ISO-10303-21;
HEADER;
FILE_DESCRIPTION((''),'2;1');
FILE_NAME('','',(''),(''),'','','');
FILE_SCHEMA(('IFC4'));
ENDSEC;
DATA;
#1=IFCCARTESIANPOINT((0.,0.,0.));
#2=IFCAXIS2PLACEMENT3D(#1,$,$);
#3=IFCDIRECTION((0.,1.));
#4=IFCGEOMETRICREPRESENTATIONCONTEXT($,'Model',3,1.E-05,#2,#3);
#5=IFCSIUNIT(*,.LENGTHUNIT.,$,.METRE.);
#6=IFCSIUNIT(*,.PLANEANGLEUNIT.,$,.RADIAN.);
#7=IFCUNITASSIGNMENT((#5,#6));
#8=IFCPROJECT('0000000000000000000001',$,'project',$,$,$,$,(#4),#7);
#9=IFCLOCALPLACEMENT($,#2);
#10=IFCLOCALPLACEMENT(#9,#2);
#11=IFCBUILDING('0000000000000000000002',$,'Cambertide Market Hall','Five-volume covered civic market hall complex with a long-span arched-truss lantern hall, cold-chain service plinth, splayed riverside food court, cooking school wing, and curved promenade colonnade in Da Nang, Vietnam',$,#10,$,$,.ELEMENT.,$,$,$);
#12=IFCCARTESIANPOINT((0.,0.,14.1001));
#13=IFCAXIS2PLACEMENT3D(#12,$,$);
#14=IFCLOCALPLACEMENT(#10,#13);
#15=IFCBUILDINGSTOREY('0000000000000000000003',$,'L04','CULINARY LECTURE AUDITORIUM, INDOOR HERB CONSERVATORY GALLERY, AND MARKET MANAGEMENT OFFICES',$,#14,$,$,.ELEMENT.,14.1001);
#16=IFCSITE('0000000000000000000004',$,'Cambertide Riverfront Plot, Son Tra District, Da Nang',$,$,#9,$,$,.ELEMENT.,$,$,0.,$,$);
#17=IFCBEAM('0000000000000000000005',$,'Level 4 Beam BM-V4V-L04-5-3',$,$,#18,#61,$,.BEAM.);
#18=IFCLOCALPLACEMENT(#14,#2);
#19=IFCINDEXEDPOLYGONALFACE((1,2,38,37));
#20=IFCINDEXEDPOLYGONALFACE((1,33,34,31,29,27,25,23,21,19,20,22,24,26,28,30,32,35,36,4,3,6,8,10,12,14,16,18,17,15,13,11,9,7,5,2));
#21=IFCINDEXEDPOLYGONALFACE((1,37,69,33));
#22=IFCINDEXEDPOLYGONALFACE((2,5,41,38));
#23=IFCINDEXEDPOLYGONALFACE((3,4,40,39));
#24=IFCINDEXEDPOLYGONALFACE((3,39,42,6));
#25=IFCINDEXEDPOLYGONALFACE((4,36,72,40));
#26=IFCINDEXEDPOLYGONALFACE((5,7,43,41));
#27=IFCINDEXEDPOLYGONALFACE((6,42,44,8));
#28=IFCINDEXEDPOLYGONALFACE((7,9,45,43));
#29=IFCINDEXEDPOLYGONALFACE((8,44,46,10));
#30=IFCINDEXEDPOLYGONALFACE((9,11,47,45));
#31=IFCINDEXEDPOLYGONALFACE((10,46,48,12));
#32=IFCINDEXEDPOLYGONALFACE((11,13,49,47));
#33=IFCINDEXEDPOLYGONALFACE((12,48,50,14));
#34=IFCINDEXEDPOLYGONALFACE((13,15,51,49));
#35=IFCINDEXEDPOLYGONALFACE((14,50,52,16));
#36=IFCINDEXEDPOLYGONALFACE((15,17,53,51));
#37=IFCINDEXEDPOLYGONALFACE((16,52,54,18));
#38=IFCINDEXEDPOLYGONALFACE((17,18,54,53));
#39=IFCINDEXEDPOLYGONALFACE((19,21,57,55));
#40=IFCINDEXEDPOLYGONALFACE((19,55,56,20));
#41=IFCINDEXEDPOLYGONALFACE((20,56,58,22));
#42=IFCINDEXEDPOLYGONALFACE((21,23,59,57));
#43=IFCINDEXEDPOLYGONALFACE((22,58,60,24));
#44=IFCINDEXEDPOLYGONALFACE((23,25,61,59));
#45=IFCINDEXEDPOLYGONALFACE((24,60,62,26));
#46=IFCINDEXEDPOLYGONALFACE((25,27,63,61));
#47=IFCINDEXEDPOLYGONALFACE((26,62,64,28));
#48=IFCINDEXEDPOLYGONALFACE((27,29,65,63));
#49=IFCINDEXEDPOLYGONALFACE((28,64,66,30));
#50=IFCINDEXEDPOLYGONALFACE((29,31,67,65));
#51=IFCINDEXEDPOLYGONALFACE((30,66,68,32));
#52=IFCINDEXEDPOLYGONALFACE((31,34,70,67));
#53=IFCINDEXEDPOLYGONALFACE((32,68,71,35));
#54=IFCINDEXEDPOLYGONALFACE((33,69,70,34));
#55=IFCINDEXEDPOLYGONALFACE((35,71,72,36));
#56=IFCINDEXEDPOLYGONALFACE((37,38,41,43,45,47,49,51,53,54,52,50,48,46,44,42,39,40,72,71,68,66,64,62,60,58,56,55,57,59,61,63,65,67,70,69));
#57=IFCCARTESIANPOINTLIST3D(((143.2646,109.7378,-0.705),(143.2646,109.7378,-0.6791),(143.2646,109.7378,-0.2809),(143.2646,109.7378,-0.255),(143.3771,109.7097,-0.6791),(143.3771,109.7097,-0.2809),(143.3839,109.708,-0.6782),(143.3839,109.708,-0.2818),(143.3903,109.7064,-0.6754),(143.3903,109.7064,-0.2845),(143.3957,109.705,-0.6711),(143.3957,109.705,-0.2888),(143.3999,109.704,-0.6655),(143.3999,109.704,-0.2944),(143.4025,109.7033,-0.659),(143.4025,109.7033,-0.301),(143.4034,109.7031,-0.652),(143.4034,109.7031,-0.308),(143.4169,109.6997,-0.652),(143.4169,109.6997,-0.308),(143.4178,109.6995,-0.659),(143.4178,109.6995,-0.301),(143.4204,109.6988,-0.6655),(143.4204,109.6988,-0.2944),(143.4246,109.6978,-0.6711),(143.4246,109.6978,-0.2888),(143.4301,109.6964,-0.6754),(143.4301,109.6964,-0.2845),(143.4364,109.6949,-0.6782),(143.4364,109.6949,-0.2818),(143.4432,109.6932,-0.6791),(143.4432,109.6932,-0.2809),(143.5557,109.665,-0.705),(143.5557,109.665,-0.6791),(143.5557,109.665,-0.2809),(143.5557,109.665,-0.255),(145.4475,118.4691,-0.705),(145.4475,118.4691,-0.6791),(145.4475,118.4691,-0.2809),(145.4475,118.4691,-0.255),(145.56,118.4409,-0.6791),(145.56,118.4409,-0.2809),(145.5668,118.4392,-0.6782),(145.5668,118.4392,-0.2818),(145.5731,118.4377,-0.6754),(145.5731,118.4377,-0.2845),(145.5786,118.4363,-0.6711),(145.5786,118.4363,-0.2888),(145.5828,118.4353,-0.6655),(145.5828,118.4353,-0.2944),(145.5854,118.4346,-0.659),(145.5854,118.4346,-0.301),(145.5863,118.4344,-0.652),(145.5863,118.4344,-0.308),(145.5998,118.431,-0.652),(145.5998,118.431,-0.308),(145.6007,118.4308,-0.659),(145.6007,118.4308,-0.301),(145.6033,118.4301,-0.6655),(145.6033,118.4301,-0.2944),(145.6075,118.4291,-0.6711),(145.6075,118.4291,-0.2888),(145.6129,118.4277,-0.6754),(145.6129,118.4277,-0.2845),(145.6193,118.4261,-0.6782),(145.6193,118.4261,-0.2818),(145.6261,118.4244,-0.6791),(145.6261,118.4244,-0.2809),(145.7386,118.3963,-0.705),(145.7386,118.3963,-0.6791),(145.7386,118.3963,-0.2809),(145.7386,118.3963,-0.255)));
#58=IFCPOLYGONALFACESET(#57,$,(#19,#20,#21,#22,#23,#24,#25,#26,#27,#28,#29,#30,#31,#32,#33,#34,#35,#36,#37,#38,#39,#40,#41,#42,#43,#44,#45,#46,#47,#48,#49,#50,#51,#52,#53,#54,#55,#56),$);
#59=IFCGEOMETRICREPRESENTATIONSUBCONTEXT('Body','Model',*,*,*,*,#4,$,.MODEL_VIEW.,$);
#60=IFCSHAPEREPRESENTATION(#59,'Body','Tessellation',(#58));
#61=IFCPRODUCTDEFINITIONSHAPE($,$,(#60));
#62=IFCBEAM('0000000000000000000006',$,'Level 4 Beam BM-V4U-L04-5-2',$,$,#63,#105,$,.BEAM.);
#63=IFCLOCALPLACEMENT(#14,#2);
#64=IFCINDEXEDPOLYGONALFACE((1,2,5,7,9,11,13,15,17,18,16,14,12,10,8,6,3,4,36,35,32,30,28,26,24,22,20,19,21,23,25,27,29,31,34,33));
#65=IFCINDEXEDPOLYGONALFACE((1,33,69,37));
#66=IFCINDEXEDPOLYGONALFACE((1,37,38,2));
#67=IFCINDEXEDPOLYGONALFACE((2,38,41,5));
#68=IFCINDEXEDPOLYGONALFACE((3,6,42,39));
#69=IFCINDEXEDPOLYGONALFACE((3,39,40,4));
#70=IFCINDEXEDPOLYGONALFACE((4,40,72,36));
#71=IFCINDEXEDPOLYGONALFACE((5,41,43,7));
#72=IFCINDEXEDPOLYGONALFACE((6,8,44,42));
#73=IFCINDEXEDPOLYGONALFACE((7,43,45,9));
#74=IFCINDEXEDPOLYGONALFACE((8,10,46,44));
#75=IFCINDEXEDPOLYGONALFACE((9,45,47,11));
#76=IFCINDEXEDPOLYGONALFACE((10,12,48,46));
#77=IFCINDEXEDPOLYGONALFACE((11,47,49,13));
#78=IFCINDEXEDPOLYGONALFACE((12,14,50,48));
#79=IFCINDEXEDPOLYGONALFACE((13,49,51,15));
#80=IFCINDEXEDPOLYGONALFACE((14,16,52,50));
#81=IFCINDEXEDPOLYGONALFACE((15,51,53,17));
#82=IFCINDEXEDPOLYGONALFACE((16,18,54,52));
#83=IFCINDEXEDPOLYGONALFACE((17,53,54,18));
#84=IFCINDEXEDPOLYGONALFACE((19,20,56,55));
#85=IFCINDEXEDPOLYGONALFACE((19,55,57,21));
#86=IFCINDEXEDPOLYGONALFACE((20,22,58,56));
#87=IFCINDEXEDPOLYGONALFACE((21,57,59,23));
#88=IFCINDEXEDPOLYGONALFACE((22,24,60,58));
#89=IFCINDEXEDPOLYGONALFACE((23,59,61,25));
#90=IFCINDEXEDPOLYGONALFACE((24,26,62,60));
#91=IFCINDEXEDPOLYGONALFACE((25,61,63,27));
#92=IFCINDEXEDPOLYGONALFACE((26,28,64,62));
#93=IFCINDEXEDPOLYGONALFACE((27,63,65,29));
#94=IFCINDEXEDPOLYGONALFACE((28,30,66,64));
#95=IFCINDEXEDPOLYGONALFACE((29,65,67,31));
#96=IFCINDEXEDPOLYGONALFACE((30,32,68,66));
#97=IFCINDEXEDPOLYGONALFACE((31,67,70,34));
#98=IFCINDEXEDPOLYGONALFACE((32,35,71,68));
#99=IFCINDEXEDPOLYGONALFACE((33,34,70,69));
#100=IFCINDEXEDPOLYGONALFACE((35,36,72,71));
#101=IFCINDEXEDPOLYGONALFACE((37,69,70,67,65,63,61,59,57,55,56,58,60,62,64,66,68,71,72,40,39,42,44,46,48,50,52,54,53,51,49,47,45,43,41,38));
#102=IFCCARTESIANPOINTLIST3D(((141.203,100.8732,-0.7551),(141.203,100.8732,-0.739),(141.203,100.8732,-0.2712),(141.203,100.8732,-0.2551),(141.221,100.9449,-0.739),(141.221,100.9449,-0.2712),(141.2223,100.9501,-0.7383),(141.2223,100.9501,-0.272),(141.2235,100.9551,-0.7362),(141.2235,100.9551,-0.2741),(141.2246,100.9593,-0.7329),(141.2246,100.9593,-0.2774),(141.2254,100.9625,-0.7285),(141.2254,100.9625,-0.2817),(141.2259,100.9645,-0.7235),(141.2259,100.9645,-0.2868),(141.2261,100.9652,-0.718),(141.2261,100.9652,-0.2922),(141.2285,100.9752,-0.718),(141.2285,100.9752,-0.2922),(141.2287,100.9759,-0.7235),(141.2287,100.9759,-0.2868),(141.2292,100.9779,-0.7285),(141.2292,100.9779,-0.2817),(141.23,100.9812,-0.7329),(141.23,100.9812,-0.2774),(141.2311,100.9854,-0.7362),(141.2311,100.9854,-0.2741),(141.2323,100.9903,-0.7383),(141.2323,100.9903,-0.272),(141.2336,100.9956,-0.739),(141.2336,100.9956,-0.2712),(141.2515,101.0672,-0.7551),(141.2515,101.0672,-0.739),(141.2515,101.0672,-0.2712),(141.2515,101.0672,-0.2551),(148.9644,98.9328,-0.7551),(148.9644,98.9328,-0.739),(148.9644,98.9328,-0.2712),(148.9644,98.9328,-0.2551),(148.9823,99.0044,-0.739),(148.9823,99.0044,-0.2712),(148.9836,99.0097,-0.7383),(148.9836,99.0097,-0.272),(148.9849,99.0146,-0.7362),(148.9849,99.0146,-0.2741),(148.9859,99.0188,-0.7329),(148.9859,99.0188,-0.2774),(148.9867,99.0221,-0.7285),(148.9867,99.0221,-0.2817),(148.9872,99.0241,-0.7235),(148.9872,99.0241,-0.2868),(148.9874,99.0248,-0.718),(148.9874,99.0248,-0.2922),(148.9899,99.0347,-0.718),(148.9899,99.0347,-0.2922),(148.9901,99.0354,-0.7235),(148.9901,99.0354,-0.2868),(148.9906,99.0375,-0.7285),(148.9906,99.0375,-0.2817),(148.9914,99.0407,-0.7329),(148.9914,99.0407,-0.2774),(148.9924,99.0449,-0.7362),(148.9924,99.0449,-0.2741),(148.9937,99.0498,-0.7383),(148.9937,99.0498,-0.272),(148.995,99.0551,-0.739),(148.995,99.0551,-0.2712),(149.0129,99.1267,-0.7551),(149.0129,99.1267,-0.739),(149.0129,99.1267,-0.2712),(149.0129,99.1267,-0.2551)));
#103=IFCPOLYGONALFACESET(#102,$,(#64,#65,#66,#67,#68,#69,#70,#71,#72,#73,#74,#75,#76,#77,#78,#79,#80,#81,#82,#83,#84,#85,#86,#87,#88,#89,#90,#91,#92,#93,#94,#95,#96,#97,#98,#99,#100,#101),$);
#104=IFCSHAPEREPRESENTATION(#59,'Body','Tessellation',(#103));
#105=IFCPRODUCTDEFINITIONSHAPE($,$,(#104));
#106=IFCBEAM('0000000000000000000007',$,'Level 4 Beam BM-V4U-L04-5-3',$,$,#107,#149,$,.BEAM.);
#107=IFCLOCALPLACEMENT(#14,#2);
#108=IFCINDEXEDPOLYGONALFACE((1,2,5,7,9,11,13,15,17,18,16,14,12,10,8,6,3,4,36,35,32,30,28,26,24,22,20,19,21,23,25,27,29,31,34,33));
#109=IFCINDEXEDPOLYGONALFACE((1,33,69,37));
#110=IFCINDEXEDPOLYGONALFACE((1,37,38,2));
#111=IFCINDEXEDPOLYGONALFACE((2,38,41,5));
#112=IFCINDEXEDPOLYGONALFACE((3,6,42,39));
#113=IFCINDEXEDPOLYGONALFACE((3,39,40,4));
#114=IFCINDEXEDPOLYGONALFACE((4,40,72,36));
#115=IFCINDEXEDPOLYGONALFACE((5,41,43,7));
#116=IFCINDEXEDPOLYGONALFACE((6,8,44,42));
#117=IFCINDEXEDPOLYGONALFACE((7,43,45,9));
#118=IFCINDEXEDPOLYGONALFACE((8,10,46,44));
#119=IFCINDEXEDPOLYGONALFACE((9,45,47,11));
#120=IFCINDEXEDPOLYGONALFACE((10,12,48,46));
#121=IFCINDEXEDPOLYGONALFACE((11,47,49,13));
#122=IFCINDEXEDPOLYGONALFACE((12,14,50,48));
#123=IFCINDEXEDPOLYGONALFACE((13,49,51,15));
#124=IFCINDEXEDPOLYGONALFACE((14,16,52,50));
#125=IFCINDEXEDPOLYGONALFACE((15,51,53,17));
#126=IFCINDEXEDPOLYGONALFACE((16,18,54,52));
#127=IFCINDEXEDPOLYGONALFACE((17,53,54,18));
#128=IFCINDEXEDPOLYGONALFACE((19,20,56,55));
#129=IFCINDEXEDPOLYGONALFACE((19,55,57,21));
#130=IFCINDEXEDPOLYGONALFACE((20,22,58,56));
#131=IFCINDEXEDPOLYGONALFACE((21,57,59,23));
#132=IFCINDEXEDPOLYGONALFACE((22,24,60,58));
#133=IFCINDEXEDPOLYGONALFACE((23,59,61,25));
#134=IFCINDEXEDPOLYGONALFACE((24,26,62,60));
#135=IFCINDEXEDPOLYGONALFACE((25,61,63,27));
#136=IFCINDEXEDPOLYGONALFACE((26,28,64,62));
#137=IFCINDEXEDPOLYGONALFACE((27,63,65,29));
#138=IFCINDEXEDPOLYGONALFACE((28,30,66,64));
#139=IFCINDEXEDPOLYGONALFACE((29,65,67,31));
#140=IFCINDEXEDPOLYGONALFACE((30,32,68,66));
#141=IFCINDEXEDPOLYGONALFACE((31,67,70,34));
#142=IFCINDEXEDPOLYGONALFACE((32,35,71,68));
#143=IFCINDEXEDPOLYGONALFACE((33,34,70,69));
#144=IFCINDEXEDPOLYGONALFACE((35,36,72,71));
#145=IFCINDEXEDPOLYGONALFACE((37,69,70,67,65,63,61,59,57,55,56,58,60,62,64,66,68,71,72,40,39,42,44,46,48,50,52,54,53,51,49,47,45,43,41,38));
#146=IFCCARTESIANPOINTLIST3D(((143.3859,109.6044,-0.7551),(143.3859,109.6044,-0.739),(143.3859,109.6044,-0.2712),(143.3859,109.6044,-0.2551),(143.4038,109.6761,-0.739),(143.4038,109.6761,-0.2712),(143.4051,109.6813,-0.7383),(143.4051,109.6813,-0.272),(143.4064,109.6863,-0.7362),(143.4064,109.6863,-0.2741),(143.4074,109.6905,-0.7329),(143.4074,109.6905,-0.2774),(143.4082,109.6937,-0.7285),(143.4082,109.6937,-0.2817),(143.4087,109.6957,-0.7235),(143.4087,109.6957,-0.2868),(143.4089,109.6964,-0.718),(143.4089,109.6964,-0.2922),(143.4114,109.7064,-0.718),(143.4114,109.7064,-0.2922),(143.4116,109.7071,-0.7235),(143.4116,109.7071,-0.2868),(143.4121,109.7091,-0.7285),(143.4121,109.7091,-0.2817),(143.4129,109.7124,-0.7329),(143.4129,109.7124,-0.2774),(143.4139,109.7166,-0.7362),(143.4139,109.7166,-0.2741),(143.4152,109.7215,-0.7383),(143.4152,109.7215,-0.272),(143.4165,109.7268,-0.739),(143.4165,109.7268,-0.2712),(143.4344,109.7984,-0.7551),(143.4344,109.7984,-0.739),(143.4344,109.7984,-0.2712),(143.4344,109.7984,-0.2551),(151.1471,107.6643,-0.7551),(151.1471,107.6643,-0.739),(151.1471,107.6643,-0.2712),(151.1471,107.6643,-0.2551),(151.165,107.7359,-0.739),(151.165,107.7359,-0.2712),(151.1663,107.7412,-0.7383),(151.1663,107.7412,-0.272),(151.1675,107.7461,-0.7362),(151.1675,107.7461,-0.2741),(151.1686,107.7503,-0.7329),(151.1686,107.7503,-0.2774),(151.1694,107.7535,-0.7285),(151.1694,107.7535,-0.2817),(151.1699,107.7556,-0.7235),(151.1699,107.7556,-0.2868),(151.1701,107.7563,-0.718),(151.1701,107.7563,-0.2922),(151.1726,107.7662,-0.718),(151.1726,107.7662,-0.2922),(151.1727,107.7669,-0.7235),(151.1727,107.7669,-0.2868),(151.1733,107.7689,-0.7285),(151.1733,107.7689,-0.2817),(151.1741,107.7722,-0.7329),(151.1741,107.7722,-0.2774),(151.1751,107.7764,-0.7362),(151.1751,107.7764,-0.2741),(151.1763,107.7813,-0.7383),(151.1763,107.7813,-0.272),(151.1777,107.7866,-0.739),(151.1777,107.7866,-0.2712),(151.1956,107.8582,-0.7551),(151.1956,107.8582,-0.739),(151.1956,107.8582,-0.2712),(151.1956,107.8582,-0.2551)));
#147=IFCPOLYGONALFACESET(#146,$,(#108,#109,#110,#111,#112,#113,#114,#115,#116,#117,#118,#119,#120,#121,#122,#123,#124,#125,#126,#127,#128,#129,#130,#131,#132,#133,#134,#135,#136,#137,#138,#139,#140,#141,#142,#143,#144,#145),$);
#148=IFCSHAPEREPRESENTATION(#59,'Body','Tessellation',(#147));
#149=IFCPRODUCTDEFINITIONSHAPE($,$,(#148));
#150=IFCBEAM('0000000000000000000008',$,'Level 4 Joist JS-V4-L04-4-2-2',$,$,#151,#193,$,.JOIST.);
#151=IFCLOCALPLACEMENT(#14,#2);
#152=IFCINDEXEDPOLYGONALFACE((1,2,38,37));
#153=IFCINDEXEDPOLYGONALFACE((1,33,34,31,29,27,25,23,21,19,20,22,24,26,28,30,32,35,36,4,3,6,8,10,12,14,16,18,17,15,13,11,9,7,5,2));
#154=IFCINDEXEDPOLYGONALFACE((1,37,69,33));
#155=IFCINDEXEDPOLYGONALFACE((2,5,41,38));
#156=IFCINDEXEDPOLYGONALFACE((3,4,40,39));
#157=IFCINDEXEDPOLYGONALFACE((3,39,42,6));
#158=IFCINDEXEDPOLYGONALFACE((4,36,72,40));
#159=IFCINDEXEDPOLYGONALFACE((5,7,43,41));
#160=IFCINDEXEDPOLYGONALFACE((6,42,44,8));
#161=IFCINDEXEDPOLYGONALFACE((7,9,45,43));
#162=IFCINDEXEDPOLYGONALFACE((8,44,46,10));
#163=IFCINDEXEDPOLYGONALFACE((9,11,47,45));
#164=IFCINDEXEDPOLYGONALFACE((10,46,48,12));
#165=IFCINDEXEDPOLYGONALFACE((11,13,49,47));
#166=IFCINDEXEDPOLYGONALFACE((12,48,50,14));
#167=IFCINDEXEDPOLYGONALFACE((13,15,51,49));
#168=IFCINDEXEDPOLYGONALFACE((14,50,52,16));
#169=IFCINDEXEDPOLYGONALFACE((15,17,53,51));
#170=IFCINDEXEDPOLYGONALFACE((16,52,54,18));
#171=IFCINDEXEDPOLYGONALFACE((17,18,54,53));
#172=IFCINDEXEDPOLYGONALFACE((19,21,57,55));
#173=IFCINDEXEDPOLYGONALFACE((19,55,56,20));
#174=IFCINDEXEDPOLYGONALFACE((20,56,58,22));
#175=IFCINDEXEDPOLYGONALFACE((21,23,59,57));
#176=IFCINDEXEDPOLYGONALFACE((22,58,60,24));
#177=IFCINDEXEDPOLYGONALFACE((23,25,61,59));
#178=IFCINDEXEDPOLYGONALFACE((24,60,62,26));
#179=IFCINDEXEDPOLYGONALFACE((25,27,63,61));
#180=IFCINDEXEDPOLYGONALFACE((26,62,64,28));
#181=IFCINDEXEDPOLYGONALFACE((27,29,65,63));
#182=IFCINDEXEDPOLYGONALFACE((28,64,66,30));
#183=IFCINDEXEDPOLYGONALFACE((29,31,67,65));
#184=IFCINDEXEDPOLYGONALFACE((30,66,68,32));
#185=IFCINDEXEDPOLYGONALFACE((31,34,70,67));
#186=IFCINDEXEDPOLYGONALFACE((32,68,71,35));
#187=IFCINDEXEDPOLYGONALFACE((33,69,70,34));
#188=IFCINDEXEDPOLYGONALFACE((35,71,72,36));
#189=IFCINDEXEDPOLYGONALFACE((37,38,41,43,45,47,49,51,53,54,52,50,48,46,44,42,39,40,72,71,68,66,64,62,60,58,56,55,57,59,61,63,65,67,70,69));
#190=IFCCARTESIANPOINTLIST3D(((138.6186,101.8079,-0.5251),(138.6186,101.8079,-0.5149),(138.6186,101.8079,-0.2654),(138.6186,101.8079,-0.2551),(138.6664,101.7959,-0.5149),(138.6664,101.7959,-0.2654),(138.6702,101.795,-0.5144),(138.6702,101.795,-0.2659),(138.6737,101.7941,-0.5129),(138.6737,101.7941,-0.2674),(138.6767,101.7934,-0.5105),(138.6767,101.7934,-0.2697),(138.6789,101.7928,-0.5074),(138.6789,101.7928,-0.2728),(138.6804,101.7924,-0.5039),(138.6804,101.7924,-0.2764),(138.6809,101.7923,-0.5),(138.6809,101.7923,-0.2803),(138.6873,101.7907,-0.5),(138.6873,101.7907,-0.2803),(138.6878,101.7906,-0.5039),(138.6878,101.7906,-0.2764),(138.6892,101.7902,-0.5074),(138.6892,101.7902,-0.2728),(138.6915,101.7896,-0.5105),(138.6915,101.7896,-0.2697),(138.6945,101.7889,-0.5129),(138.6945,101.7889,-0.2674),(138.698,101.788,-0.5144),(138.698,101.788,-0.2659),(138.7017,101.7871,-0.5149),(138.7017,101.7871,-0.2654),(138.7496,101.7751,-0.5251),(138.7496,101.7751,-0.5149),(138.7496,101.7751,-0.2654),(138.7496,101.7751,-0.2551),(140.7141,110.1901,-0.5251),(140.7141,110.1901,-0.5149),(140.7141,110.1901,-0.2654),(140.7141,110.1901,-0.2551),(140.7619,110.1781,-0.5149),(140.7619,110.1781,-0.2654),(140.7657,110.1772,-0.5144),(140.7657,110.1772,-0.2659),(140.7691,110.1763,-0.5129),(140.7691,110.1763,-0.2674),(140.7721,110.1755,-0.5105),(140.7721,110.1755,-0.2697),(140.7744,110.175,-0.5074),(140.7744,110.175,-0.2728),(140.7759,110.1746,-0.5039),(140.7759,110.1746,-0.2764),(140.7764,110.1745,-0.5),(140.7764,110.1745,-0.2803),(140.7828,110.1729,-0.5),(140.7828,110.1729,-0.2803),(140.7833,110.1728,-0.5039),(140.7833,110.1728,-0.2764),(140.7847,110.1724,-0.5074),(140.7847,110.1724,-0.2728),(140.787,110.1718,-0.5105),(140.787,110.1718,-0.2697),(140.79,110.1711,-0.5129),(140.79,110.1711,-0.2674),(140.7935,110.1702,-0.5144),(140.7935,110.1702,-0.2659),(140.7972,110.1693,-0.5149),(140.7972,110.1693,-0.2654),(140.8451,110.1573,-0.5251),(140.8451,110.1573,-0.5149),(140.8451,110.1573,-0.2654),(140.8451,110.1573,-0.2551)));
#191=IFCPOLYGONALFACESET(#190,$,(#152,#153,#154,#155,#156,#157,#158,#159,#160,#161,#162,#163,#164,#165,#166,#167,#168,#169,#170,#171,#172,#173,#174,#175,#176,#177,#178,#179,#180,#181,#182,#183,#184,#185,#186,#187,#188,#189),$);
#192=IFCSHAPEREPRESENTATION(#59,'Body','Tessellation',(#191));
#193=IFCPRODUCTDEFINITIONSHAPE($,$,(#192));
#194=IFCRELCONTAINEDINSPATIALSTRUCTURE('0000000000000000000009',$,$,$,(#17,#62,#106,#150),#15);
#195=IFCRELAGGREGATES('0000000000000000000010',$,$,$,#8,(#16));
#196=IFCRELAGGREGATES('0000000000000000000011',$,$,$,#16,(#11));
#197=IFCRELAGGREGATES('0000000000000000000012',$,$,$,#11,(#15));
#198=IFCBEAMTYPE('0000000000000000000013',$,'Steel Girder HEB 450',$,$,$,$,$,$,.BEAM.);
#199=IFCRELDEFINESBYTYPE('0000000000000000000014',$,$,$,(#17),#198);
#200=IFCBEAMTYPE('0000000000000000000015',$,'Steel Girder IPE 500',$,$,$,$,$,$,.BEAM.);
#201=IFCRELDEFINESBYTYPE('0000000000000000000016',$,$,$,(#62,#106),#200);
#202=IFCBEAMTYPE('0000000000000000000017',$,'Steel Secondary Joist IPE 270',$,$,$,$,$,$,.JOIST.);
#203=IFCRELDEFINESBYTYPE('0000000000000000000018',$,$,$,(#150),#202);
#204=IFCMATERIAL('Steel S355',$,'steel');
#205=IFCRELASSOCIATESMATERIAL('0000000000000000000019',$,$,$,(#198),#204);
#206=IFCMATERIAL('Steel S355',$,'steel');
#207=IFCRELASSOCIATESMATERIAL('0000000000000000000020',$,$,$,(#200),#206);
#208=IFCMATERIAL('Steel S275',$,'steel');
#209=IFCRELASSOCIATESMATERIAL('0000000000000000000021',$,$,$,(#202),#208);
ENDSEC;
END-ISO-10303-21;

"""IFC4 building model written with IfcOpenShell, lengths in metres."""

from ifc_helpers import new_model, si_unit, direction, frame, origin, origin_2d, place, context, subcontext, project, spatial, i_section, extrude, material, material_profile, profile_set, type_object, element, save


model = new_model("IFC4")

# Units and contexts
model_context = context("Model", 3, precision=1e-05, world=origin(), true_north=direction((0.0, 1.0)))
body_context = subcontext(model_context, "Body", "Model", "MODEL_VIEW")
ifc_project = project(units=[si_unit("LENGTHUNIT", "METRE"), si_unit("PLANEANGLEUNIT", "RADIAN")], contexts=[model_context])

# Site, building, storey
site_placement = place(None, origin())
site = spatial("IfcSite", under=ifc_project, at=site_placement, Name="Cambertide Riverfront Plot, Son Tra District, Da Nang", CompositionType="ELEMENT", RefElevation=0.0)
building_placement = place(site_placement, origin())
building = spatial("IfcBuilding", under=site, at=building_placement, Name="Cambertide Market Hall", Description="Five-volume covered civic market hall complex with a long-span arched-truss lantern hall, cold-chain service plinth, splayed riverside food court, cooking school wing, and curved promenade colonnade in Da Nang, Vietnam", CompositionType="ELEMENT")
storey_placement = place(building_placement, frame((0.0, 0.0, 14.1001)))
storey = spatial("IfcBuildingStorey", under=building, at=storey_placement, Name="L04", Description="CULINARY LECTURE AUDITORIUM, INDOOR HERB CONSERVATORY GALLERY, AND MARKET MANAGEMENT OFFICES", CompositionType="ELEMENT", Elevation=14.1001)

# Beams
ifc_material_1 = material(Name="Steel S355", Category="steel")
ifc_material_profile_1 = material_profile(ifc_material_1, i_section(OverallWidth=0.3, OverallDepth=0.45, WebThickness=0.0139, FlangeThickness=0.0259, FilletRadius=0.0271, at=origin_2d()), Name="HEB 450")
ifc_profile_set_1 = profile_set([ifc_material_profile_1], Name="Steel S355")
beam_type_1 = type_object("IfcBeamType", Name="Steel Girder HEB 450", PredefinedType="BEAM", material=ifc_profile_set_1)
for number, where, z_axis, x_axis, name in (
    (1, (143.4102, 109.7014, -0.48), (0.242542, 0.970141, 0.0), (-0.970141, 0.242542, 0.0), "Level 4 Beam BM-V4V-L04-5-3"),
):
    element("IfcBeam", number, at=place(storey_placement, frame(where, z_axis=z_axis, x_axis=x_axis)), inside=storey, type_object=beam_type_1, Name=name, PredefinedType="BEAM", context=body_context, shape_type="SweptSolid", body=[
        extrude(i_section(OverallWidth=0.3, OverallDepth=0.45, WebThickness=0.0139, FlangeThickness=0.0259, FilletRadius=0.0271, at=origin_2d()), origin(), (0.0, 0.0, 1.0), 9.0),
    ])
ifc_material_2 = material(Name="Steel S355", Category="steel")
ifc_material_profile_2 = material_profile(ifc_material_2, i_section(OverallWidth=0.2, OverallDepth=0.5, WebThickness=0.0103, FlangeThickness=0.0161, FilletRadius=0.021, at=origin_2d()), Name="IPE 500")
ifc_profile_set_2 = profile_set([ifc_material_profile_2], Name="Steel S355")
beam_type_2 = type_object("IfcBeamType", Name="Steel Girder IPE 500", PredefinedType="BEAM", material=ifc_profile_set_2)
beam_1_placement = place(storey_placement, frame((141.2273, 100.9702, -0.5051), z_axis=(0.970139, -0.24255, 0.0), x_axis=(0.24255, 0.970139, 0.0)))
element("IfcBeam", 2, at=beam_1_placement, inside=storey, type_object=beam_type_2, Name="Level 4 Beam BM-V4U-L04-5-2", PredefinedType="BEAM", context=body_context, shape_type="SweptSolid", body=[
    extrude(i_section(OverallWidth=0.2, OverallDepth=0.5, WebThickness=0.0103, FlangeThickness=0.0161, FilletRadius=0.021, at=origin_2d()), origin(), (0.0, 0.0, 1.0), 8.0002),
])
beam_2_placement = place(storey_placement, frame((143.4102, 109.7014, -0.5051), z_axis=(0.970146, -0.242521, 0.0), x_axis=(0.242521, 0.970146, 0.0)))
element("IfcBeam", 3, at=beam_2_placement, inside=storey, type_object=beam_type_2, Name="Level 4 Beam BM-V4U-L04-5-3", PredefinedType="BEAM", context=body_context, shape_type="SweptSolid", body=[
    extrude(i_section(OverallWidth=0.2, OverallDepth=0.5, WebThickness=0.0103, FlangeThickness=0.0161, FilletRadius=0.021, at=origin_2d()), origin(), (0.0, 0.0, 1.0), 8.0),
])
ifc_material_3 = material(Name="Steel S275", Category="steel")
ifc_material_profile_3 = material_profile(ifc_material_3, i_section(OverallWidth=0.135, OverallDepth=0.27, WebThickness=0.0066, FlangeThickness=0.0103, FilletRadius=0.0149, at=origin_2d()), Name="IPE 270")
ifc_profile_set_3 = profile_set([ifc_material_profile_3], Name="Steel S275")
beam_type_3 = type_object("IfcBeamType", Name="Steel Secondary Joist IPE 270", PredefinedType="JOIST", material=ifc_profile_set_3)
beam_3_placement = place(storey_placement, frame((138.6841, 101.7915, -0.3901), z_axis=(0.242529, 0.970144, 0.0), x_axis=(-0.970144, 0.242529, 0.0)))
element("IfcBeam", 4, at=beam_3_placement, inside=storey, type_object=beam_type_3, Name="Level 4 Joist JS-V4-L04-4-2-2", PredefinedType="JOIST", context=body_context, shape_type="SweptSolid", body=[
    extrude(i_section(OverallWidth=0.135, OverallDepth=0.27, WebThickness=0.0066, FlangeThickness=0.0103, FilletRadius=0.0149, at=origin_2d()), origin(), (0.0, 0.0, 1.0), 8.6401),
])

save(model, "model.ifc")
